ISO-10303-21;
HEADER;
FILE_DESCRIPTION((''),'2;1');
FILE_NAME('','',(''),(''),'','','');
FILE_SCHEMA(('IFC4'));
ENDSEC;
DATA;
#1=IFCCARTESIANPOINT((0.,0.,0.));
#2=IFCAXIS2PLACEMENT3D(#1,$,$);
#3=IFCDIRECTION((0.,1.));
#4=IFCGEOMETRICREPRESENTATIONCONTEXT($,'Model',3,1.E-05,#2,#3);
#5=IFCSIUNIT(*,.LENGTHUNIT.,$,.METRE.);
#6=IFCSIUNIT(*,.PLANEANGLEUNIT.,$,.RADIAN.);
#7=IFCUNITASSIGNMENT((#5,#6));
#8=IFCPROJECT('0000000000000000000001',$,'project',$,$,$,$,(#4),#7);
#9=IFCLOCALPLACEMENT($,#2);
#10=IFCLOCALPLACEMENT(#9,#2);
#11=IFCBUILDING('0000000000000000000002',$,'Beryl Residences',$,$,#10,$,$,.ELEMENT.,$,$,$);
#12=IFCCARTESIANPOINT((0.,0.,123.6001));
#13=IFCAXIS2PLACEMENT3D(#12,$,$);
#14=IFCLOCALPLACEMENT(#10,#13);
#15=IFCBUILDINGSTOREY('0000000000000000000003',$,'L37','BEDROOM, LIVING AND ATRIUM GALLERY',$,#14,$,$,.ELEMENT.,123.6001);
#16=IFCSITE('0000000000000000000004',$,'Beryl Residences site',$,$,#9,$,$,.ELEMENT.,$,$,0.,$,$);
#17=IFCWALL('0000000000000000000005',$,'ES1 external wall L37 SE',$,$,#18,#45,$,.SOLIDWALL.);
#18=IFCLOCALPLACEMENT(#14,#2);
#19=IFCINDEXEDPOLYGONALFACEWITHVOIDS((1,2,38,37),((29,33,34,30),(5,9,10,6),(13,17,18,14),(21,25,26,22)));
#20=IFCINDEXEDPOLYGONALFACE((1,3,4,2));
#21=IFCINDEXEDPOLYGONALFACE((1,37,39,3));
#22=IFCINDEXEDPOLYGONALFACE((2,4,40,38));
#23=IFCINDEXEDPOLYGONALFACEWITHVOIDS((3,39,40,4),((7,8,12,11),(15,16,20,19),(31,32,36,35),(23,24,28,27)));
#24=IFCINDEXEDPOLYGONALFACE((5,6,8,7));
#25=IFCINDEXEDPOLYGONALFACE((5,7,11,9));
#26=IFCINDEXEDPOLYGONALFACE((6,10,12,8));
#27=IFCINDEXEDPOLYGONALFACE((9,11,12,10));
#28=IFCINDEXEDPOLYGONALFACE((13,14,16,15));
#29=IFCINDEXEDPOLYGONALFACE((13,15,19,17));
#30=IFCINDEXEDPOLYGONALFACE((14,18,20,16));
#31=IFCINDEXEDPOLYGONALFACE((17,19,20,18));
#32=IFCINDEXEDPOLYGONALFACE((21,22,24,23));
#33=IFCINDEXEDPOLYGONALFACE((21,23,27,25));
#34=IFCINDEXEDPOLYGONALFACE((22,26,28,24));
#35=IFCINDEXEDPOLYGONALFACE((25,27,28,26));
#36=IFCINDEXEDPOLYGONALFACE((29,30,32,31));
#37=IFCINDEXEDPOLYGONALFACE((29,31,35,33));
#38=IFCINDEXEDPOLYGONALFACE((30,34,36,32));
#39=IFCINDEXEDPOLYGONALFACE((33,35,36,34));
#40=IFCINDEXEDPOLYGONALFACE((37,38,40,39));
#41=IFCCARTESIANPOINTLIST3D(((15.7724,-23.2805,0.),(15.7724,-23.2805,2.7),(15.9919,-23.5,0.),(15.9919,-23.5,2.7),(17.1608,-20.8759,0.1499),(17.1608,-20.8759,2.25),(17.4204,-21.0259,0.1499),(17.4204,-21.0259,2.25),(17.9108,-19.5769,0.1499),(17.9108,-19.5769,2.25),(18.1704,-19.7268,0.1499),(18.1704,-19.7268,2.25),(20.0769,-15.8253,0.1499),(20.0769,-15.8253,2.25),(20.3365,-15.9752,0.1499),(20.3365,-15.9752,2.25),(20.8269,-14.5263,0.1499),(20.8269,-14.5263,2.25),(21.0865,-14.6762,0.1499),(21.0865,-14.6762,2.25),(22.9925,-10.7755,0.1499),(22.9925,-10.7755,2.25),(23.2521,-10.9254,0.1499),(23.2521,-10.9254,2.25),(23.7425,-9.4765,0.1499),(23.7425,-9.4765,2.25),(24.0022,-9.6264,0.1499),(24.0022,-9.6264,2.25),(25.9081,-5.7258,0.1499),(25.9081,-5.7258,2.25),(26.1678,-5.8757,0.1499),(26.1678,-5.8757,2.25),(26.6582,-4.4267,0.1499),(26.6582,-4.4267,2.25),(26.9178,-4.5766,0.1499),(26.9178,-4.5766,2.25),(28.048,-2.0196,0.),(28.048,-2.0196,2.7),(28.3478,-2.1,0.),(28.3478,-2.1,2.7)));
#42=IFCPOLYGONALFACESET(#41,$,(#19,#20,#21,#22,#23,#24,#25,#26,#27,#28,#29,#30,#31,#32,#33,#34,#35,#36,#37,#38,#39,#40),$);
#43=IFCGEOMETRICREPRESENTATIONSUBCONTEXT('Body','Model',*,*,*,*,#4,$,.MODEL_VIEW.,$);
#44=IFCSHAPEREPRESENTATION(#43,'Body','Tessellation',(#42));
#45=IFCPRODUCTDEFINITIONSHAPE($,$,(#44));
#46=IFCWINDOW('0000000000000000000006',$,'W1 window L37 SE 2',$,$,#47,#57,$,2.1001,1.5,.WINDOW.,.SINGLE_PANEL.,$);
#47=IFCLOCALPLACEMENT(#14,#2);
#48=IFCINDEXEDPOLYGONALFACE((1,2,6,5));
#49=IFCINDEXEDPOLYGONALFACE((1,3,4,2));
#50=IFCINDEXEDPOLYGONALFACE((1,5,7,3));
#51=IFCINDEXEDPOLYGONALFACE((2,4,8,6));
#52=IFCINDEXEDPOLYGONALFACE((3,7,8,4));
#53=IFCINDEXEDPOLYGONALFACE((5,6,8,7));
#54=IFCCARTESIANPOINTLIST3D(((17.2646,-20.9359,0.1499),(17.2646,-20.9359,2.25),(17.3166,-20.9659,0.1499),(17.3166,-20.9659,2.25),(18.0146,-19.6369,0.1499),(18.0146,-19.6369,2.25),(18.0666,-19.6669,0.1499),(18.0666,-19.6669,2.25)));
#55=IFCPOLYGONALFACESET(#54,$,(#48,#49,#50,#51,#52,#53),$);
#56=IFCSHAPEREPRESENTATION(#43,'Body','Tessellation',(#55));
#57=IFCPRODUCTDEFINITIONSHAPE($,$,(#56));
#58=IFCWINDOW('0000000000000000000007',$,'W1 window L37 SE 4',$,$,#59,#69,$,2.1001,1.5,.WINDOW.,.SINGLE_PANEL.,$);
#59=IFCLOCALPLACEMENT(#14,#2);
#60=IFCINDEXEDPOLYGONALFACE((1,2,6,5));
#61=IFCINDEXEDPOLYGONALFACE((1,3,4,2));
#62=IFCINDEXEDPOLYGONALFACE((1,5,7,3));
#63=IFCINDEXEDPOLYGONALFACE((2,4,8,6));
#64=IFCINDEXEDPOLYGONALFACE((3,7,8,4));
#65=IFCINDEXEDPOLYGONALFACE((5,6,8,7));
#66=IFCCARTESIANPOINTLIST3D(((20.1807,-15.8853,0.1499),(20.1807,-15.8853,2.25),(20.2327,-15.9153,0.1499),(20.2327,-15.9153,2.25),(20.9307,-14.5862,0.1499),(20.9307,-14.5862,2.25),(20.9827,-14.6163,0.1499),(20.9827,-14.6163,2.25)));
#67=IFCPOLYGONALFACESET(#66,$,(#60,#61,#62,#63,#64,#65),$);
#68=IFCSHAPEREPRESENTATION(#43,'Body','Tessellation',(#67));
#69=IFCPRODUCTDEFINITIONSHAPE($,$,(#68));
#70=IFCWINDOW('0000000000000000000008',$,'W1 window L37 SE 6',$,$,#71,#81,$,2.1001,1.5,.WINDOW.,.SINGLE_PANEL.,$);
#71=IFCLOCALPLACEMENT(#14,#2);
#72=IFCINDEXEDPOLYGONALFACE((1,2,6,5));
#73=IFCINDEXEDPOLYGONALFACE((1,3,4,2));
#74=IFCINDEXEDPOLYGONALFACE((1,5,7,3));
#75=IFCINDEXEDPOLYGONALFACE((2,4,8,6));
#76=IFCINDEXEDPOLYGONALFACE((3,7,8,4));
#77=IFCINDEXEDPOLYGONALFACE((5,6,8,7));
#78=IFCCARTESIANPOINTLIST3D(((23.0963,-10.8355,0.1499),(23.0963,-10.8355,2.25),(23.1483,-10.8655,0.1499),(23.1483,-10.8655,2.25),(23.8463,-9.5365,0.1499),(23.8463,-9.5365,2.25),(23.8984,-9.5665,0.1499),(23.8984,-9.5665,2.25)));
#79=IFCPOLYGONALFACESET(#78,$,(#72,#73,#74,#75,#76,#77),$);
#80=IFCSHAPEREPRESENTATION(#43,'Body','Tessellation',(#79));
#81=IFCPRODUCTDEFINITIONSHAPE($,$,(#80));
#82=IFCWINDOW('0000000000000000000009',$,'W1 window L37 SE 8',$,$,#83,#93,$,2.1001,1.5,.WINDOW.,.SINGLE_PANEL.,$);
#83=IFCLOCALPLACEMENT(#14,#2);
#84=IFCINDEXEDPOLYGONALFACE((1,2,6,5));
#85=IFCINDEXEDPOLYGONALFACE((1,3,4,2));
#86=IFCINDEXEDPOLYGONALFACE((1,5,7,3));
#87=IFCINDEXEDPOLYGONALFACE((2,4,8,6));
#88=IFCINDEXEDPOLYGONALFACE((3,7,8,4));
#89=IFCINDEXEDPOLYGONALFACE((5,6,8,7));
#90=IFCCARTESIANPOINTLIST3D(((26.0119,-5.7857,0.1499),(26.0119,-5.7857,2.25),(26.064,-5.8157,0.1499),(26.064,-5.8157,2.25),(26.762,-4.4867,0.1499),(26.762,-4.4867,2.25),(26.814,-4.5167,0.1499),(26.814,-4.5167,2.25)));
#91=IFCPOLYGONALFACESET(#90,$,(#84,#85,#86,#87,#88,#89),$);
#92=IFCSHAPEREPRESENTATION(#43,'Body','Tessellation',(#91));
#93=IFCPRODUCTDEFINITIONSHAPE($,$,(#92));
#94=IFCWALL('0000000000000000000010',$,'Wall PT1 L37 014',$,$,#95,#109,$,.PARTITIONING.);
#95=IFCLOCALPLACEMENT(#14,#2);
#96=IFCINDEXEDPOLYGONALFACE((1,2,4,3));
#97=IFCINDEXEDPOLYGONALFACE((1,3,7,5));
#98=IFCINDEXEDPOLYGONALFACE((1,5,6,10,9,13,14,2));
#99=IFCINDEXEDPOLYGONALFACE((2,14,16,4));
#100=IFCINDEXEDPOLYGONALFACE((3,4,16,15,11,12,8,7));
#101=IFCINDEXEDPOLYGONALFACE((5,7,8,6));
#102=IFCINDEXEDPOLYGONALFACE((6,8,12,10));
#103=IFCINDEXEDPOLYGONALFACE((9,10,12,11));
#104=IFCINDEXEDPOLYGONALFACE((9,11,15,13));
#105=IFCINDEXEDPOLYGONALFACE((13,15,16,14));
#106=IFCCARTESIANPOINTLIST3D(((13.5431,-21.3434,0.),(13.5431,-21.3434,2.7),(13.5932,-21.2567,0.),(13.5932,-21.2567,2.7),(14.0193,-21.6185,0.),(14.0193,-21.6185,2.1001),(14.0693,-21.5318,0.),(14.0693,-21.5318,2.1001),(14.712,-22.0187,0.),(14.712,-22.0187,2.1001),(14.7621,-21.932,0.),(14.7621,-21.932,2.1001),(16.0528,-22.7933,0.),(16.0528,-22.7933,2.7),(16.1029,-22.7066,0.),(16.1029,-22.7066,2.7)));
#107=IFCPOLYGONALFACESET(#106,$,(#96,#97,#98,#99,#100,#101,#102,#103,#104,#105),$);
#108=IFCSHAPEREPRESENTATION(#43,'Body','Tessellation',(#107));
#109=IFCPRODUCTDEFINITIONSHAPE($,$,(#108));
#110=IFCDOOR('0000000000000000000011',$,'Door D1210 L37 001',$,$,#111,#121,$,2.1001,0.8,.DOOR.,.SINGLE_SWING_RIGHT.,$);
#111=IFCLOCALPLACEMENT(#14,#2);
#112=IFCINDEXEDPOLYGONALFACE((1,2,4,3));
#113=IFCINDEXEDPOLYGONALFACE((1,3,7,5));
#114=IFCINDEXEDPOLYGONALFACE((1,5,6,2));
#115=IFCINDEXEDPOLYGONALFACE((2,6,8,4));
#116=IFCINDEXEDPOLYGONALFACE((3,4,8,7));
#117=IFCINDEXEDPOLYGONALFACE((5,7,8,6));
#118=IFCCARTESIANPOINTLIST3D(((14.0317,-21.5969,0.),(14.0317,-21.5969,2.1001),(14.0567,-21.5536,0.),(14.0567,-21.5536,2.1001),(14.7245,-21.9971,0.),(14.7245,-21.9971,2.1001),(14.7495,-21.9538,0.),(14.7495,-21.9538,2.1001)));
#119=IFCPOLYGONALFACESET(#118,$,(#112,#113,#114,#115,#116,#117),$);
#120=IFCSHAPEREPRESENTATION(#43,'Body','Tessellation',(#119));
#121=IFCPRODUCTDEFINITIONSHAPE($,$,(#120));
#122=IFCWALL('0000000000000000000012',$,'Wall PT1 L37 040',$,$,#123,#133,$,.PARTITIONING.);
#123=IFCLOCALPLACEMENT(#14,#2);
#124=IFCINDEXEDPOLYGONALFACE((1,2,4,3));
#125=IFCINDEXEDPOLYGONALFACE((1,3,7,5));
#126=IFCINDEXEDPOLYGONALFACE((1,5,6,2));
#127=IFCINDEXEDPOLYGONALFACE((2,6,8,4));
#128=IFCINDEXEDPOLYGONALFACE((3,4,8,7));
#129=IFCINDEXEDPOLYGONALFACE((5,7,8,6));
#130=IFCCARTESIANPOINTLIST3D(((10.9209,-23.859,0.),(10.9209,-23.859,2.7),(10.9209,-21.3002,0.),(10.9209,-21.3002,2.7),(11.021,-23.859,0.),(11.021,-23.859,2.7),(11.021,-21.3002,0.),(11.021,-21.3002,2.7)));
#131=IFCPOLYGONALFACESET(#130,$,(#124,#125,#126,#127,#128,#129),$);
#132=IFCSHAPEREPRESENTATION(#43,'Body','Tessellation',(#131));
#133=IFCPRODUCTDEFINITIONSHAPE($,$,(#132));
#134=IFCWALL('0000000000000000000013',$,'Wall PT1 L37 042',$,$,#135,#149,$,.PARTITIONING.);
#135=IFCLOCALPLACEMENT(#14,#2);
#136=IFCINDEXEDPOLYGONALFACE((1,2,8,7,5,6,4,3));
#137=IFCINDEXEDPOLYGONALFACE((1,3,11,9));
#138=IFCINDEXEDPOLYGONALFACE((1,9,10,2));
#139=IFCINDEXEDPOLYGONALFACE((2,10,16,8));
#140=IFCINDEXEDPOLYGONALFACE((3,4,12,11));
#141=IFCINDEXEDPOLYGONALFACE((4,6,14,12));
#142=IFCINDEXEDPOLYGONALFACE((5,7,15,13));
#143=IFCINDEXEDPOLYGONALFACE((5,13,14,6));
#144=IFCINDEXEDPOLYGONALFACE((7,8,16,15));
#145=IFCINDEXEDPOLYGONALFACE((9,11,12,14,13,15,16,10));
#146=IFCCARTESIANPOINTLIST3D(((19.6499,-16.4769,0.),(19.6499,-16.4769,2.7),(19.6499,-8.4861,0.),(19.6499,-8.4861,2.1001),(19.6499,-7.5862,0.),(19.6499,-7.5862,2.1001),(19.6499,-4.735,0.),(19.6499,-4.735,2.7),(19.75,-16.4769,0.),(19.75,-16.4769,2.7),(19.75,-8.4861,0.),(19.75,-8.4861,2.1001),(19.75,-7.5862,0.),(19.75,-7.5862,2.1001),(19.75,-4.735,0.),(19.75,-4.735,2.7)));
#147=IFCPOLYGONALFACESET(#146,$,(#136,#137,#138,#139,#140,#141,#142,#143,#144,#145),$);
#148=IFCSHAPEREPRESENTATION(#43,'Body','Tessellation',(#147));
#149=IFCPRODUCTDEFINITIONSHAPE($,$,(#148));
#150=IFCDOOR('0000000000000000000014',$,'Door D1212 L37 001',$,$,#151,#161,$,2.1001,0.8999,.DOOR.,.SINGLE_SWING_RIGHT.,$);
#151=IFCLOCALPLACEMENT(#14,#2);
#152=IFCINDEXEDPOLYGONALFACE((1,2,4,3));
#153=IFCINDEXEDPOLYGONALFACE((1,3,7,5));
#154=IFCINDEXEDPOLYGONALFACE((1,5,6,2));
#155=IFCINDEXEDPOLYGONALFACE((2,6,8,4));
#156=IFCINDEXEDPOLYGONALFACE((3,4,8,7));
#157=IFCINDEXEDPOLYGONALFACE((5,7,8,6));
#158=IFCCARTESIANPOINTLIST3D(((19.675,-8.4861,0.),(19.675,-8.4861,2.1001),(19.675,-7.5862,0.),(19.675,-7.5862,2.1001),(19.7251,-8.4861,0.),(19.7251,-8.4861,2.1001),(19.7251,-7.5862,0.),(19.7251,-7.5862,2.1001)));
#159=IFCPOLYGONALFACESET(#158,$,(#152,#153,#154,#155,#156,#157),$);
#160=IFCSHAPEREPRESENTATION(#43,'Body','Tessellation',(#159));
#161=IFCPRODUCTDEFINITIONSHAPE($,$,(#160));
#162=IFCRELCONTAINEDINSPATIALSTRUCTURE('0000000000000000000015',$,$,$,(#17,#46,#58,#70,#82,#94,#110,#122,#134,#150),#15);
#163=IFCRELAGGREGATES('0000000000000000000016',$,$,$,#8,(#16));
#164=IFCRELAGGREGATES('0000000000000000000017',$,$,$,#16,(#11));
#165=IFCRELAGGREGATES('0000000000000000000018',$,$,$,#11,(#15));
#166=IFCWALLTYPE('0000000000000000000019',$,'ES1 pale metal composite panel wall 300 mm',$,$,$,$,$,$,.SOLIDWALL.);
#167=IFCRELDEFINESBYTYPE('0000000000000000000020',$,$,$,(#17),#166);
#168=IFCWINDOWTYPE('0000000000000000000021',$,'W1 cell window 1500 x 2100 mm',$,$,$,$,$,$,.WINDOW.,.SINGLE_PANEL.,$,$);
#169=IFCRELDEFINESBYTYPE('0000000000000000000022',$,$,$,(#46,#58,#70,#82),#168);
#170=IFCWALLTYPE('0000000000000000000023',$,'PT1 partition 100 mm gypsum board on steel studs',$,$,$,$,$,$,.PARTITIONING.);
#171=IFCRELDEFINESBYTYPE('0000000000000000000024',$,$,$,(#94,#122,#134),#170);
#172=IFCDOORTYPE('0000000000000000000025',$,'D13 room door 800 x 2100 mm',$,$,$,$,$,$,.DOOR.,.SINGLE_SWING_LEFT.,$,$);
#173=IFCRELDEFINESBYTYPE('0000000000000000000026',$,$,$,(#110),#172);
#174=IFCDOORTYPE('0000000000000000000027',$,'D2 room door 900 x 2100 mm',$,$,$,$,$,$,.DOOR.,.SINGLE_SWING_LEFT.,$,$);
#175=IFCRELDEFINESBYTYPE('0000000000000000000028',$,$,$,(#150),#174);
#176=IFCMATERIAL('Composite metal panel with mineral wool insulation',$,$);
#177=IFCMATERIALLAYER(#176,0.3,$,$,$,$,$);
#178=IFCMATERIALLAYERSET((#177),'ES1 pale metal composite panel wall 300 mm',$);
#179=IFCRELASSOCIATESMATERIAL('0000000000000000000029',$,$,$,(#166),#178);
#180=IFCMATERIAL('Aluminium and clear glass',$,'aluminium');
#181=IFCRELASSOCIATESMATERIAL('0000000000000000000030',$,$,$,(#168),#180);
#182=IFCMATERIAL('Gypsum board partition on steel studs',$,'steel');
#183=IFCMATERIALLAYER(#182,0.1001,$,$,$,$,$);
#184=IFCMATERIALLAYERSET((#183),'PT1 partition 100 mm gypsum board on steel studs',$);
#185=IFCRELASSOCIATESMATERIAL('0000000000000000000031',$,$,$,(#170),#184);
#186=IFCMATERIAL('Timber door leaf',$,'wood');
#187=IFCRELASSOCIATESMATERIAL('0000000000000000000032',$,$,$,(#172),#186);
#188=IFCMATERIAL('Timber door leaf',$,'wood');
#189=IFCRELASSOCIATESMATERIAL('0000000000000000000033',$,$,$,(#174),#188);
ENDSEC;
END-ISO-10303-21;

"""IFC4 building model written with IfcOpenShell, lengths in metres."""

from ifc_helpers import new_model, si_unit, direction, frame, frame_2d, origin, place, context, subcontext, project, spatial, polyline, rectangle, outline, extrude, material, layer, layer_set, type_object, element, fill, save


model = new_model("IFC4")

# Units and contexts
model_context = context("Model", 3, precision=1e-05, world=origin(), true_north=direction((0.0, 1.0)))
body_context = subcontext(model_context, "Body", "Model", "MODEL_VIEW")
ifc_project = project(units=[si_unit("LENGTHUNIT", "METRE"), si_unit("PLANEANGLEUNIT", "RADIAN")], contexts=[model_context])

# Site, building, storey
site_placement = place(None, origin())
site = spatial("IfcSite", under=ifc_project, at=site_placement, Name="Beryl Residences site", CompositionType="ELEMENT", RefElevation=0.0)
building_placement = place(site_placement, origin())
building = spatial("IfcBuilding", under=site, at=building_placement, Name="Beryl Residences", CompositionType="ELEMENT")
storey_placement = place(building_placement, frame((0.0, 0.0, 123.6001)))
storey = spatial("IfcBuildingStorey", under=building, at=storey_placement, Name="L37", Description="BEDROOM, LIVING AND ATRIUM GALLERY", CompositionType="ELEMENT", Elevation=123.6001)

# Shared definitions
ifc_material_1 = material(Name="Composite metal panel with mineral wool insulation")
ifc_layer_1 = layer(ifc_material_1, 0.3)
ifc_layer_set_1 = layer_set([ifc_layer_1], Name="ES1 pale metal composite panel wall 300 mm")
wall_type_1 = type_object("IfcWallType", Name="ES1 pale metal composite panel wall 300 mm", PredefinedType="SOLIDWALL", material=ifc_layer_set_1)

# Wall, openings, windows
wall_1_placement = place(storey_placement, frame((15.8621, -23.425, 0.0), z_axis=(0.0, 0.0, 1.0), x_axis=(0.500018, 0.866015, 0.0)))
wall_1 = element("IfcWall", 1, at=wall_1_placement, inside=storey, type_object=wall_type_1, Name="ES1 external wall L37 SE", PredefinedType="SOLIDWALL", context=body_context, shape_type="SweptSolid", body=[
    extrude(outline(polyline([(0.0, -0.1499), (24.7109, -0.1499), (24.6306, 0.1499), (0.0803, 0.1499), (0.0, -0.1499)])), origin(), (0.0, 0.0, 1.0), 2.7),
])
opening_1_placement = place(wall_1_placement, frame((2.8569, 0.0, 0.1499)))
opening_1 = element("IfcOpeningElement", 2, at=opening_1_placement, cuts=wall_1, PredefinedType="OPENING", context=body_context, shape_type="SweptSolid", body=[
    extrude(rectangle(XDim=1.5, YDim=2.1001, at=frame_2d((0.75, 1.05))), frame((0.0, 0.1599, 0.0), z_axis=(0.0, -1.0, 0.0), x_axis=(1.0, 0.0, 0.0)), (0.0, 0.0, 1.0), 0.3201),
])
opening_2_placement = place(wall_1_placement, frame((8.689, 0.0, 0.1499)))
opening_2 = element("IfcOpeningElement", 3, at=opening_2_placement, cuts=wall_1, PredefinedType="OPENING", context=body_context, shape_type="SweptSolid", body=[
    extrude(rectangle(XDim=1.5, YDim=2.1001, at=frame_2d((0.75, 1.05))), frame((0.0, 0.1599, 0.0), z_axis=(0.0, -1.0, 0.0), x_axis=(1.0, 0.0, 0.0)), (0.0, 0.0, 1.0), 0.3201),
])
opening_3_placement = place(wall_1_placement, frame((14.52, 0.0, 0.1499)))
opening_3 = element("IfcOpeningElement", 4, at=opening_3_placement, cuts=wall_1, PredefinedType="OPENING", context=body_context, shape_type="SweptSolid", body=[
    extrude(rectangle(XDim=1.5, YDim=2.1001, at=frame_2d((0.75, 1.05))), frame((0.0, 0.1599, 0.0), z_axis=(0.0, -1.0, 0.0), x_axis=(1.0, 0.0, 0.0)), (0.0, 0.0, 1.0), 0.3201),
])
opening_4_placement = place(wall_1_placement, frame((20.3511, 0.0, 0.1499)))
opening_4 = element("IfcOpeningElement", 5, at=opening_4_placement, cuts=wall_1, PredefinedType="OPENING", context=body_context, shape_type="SweptSolid", body=[
    extrude(rectangle(XDim=1.5, YDim=2.1001, at=frame_2d((0.75, 1.05))), frame((0.0, 0.1599, 0.0), z_axis=(0.0, -1.0, 0.0), x_axis=(1.0, 0.0, 0.0)), (0.0, 0.0, 1.0), 0.3201),
])
ifc_material_2 = material(Name="Aluminium and clear glass", Category="aluminium")
window_type_1 = type_object("IfcWindowType", Name="W1 cell window 1500 x 2100 mm", PartitioningType="SINGLE_PANEL", PredefinedType="WINDOW", material=ifc_material_2)
window_1_placement = place(opening_1_placement, origin())
window_1 = element("IfcWindow", 6, at=window_1_placement, inside=storey, type_object=window_type_1, Name="W1 window L37 SE 2", OverallHeight=2.1001, OverallWidth=1.5, PartitioningType="SINGLE_PANEL", PredefinedType="WINDOW", context=body_context, shape_type="SweptSolid", body=[
    extrude(rectangle(XDim=1.5, YDim=2.1001, at=frame_2d((0.75, 1.05))), frame((0.0, 0.03, 0.0), z_axis=(0.0, -1.0, 0.0), x_axis=(1.0, 0.0, 0.0)), (0.0, 0.0, 1.0), 0.0601),
])
fill(opening_1, window_1)
window_2_placement = place(opening_2_placement, origin())
window_2 = element("IfcWindow", 7, at=window_2_placement, inside=storey, type_object=window_type_1, Name="W1 window L37 SE 4", OverallHeight=2.1001, OverallWidth=1.5, PartitioningType="SINGLE_PANEL", PredefinedType="WINDOW", context=body_context, shape_type="SweptSolid", body=[
    extrude(rectangle(XDim=1.5, YDim=2.1001, at=frame_2d((0.75, 1.05))), frame((0.0, 0.03, 0.0), z_axis=(0.0, -1.0, 0.0), x_axis=(1.0, 0.0, 0.0)), (0.0, 0.0, 1.0), 0.0601),
])
fill(opening_2, window_2)
window_3_placement = place(opening_3_placement, origin())
window_3 = element("IfcWindow", 8, at=window_3_placement, inside=storey, type_object=window_type_1, Name="W1 window L37 SE 6", OverallHeight=2.1001, OverallWidth=1.5, PartitioningType="SINGLE_PANEL", PredefinedType="WINDOW", context=body_context, shape_type="SweptSolid", body=[
    extrude(rectangle(XDim=1.5, YDim=2.1001, at=frame_2d((0.75, 1.05))), frame((0.0, 0.03, 0.0), z_axis=(0.0, -1.0, 0.0), x_axis=(1.0, 0.0, 0.0)), (0.0, 0.0, 1.0), 0.0601),
])
fill(opening_3, window_3)
window_4_placement = place(opening_4_placement, origin())
window_4 = element("IfcWindow", 9, at=window_4_placement, inside=storey, type_object=window_type_1, Name="W1 window L37 SE 8", OverallHeight=2.1001, OverallWidth=1.5, PartitioningType="SINGLE_PANEL", PredefinedType="WINDOW", context=body_context, shape_type="SweptSolid", body=[
    extrude(rectangle(XDim=1.5, YDim=2.1001, at=frame_2d((0.75, 1.05))), frame((0.0, 0.03, 0.0), z_axis=(0.0, -1.0, 0.0), x_axis=(1.0, 0.0, 0.0)), (0.0, 0.0, 1.0), 0.0601),
])
fill(opening_4, window_4)

# Wall, opening, door
ifc_material_3 = material(Name="Gypsum board partition on steel studs", Category="steel")
ifc_layer_2 = layer(ifc_material_3, 0.1001)
ifc_layer_set_2 = layer_set([ifc_layer_2], Name="PT1 partition 100 mm gypsum board on steel studs")
wall_type_2 = type_object("IfcWallType", Name="PT1 partition 100 mm gypsum board on steel studs", PredefinedType="PARTITIONING", material=ifc_layer_set_2)
wall_2_placement = place(storey_placement, frame((13.5681, -21.3, 0.0), z_axis=(0.0, 0.0, 1.0), x_axis=(0.865885, -0.500243, 0.0)))
wall_2 = element("IfcWall", 10, at=wall_2_placement, inside=storey, type_object=wall_type_2, Name="Wall PT1 L37 014", PredefinedType="PARTITIONING", context=body_context, shape_type="SweptSolid", body=[
    extrude(rectangle(XDim=2.8984, YDim=0.1001, at=frame_2d((1.4492, 0.0))), origin(), (0.0, 0.0, 1.0), 2.7),
])
opening_5_placement = place(wall_2_placement, frame((0.55, 0.0, 0.0)))
opening_5 = element("IfcOpeningElement", 11, at=opening_5_placement, cuts=wall_2, PredefinedType="OPENING", context=body_context, shape_type="SweptSolid", body=[
    extrude(rectangle(XDim=0.8, YDim=2.1001, at=frame_2d((0.3999, 1.05))), frame((0.0, 0.0601, 0.0), z_axis=(0.0, -1.0, 0.0), x_axis=(1.0, 0.0, 0.0)), (0.0, 0.0, 1.0), 0.1201),
])
ifc_material_4 = material(Name="Timber door leaf", Category="wood")
door_type_1 = type_object("IfcDoorType", Name="D13 room door 800 x 2100 mm", OperationType="SINGLE_SWING_LEFT", PredefinedType="DOOR", material=ifc_material_4)
door_1_placement = place(opening_5_placement, origin())
door_1 = element("IfcDoor", 12, at=door_1_placement, inside=storey, type_object=door_type_1, Name="Door D1210 L37 001", OperationType="SINGLE_SWING_RIGHT", OverallHeight=2.1001, OverallWidth=0.8, PredefinedType="DOOR", context=body_context, shape_type="SweptSolid", body=[
    extrude(rectangle(XDim=0.8, YDim=2.1001, at=frame_2d((0.3999, 1.05))), frame((0.0, 0.0249, 0.0), z_axis=(0.0, -1.0, 0.0), x_axis=(1.0, 0.0, 0.0)), (0.0, 0.0, 1.0), 0.05),
])
fill(opening_5, door_1)

# Wall
wall_3_placement = place(storey_placement, frame((10.9709, -23.8589, 0.0), z_axis=(0.0, 0.0, 1.0), x_axis=(0.0, 1.0, 0.0)))
element("IfcWall", 13, at=wall_3_placement, inside=storey, type_object=wall_type_2, Name="Wall PT1 L37 040", PredefinedType="PARTITIONING", context=body_context, shape_type="SweptSolid", body=[
    extrude(rectangle(XDim=2.5588, YDim=0.1001, at=frame_2d((1.2793, 0.0))), origin(), (0.0, 0.0, 1.0), 2.7),
])

# Wall, opening, door
wall_4_placement = place(storey_placement, frame((19.7, -16.4771, 0.0), z_axis=(0.0, 0.0, 1.0), x_axis=(0.0, 1.0, 0.0)))
wall_4 = element("IfcWall", 14, at=wall_4_placement, inside=storey, type_object=wall_type_2, Name="Wall PT1 L37 042", PredefinedType="PARTITIONING", context=body_context, shape_type="SweptSolid", body=[
    extrude(rectangle(XDim=11.7419, YDim=0.1001, at=frame_2d((5.8711, 0.0))), origin(), (0.0, 0.0, 1.0), 2.7),
])
opening_6_placement = place(wall_4_placement, frame((7.991, 0.0, 0.0)))
opening_6 = element("IfcOpeningElement", 15, at=opening_6_placement, cuts=wall_4, PredefinedType="OPENING", context=body_context, shape_type="SweptSolid", body=[
    extrude(rectangle(XDim=0.8999, YDim=2.1001, at=frame_2d((0.45, 1.05))), frame((0.0, 0.0601, 0.0), z_axis=(0.0, -1.0, 0.0), x_axis=(1.0, 0.0, 0.0)), (0.0, 0.0, 1.0), 0.1201),
])
ifc_material_5 = material(Name="Timber door leaf", Category="wood")
door_type_2 = type_object("IfcDoorType", Name="D2 room door 900 x 2100 mm", OperationType="SINGLE_SWING_LEFT", PredefinedType="DOOR", material=ifc_material_5)
door_2_placement = place(opening_6_placement, origin())
door_2 = element("IfcDoor", 16, at=door_2_placement, inside=storey, type_object=door_type_2, Name="Door D1212 L37 001", OperationType="SINGLE_SWING_RIGHT", OverallHeight=2.1001, OverallWidth=0.8999, PredefinedType="DOOR", context=body_context, shape_type="SweptSolid", body=[
    extrude(rectangle(XDim=0.8999, YDim=2.1001, at=frame_2d((0.45, 1.05))), frame((0.0, 0.0249, 0.0), z_axis=(0.0, -1.0, 0.0), x_axis=(1.0, 0.0, 0.0)), (0.0, 0.0, 1.0), 0.05),
])
fill(opening_6, door_2)

save(model, "model.ifc")
